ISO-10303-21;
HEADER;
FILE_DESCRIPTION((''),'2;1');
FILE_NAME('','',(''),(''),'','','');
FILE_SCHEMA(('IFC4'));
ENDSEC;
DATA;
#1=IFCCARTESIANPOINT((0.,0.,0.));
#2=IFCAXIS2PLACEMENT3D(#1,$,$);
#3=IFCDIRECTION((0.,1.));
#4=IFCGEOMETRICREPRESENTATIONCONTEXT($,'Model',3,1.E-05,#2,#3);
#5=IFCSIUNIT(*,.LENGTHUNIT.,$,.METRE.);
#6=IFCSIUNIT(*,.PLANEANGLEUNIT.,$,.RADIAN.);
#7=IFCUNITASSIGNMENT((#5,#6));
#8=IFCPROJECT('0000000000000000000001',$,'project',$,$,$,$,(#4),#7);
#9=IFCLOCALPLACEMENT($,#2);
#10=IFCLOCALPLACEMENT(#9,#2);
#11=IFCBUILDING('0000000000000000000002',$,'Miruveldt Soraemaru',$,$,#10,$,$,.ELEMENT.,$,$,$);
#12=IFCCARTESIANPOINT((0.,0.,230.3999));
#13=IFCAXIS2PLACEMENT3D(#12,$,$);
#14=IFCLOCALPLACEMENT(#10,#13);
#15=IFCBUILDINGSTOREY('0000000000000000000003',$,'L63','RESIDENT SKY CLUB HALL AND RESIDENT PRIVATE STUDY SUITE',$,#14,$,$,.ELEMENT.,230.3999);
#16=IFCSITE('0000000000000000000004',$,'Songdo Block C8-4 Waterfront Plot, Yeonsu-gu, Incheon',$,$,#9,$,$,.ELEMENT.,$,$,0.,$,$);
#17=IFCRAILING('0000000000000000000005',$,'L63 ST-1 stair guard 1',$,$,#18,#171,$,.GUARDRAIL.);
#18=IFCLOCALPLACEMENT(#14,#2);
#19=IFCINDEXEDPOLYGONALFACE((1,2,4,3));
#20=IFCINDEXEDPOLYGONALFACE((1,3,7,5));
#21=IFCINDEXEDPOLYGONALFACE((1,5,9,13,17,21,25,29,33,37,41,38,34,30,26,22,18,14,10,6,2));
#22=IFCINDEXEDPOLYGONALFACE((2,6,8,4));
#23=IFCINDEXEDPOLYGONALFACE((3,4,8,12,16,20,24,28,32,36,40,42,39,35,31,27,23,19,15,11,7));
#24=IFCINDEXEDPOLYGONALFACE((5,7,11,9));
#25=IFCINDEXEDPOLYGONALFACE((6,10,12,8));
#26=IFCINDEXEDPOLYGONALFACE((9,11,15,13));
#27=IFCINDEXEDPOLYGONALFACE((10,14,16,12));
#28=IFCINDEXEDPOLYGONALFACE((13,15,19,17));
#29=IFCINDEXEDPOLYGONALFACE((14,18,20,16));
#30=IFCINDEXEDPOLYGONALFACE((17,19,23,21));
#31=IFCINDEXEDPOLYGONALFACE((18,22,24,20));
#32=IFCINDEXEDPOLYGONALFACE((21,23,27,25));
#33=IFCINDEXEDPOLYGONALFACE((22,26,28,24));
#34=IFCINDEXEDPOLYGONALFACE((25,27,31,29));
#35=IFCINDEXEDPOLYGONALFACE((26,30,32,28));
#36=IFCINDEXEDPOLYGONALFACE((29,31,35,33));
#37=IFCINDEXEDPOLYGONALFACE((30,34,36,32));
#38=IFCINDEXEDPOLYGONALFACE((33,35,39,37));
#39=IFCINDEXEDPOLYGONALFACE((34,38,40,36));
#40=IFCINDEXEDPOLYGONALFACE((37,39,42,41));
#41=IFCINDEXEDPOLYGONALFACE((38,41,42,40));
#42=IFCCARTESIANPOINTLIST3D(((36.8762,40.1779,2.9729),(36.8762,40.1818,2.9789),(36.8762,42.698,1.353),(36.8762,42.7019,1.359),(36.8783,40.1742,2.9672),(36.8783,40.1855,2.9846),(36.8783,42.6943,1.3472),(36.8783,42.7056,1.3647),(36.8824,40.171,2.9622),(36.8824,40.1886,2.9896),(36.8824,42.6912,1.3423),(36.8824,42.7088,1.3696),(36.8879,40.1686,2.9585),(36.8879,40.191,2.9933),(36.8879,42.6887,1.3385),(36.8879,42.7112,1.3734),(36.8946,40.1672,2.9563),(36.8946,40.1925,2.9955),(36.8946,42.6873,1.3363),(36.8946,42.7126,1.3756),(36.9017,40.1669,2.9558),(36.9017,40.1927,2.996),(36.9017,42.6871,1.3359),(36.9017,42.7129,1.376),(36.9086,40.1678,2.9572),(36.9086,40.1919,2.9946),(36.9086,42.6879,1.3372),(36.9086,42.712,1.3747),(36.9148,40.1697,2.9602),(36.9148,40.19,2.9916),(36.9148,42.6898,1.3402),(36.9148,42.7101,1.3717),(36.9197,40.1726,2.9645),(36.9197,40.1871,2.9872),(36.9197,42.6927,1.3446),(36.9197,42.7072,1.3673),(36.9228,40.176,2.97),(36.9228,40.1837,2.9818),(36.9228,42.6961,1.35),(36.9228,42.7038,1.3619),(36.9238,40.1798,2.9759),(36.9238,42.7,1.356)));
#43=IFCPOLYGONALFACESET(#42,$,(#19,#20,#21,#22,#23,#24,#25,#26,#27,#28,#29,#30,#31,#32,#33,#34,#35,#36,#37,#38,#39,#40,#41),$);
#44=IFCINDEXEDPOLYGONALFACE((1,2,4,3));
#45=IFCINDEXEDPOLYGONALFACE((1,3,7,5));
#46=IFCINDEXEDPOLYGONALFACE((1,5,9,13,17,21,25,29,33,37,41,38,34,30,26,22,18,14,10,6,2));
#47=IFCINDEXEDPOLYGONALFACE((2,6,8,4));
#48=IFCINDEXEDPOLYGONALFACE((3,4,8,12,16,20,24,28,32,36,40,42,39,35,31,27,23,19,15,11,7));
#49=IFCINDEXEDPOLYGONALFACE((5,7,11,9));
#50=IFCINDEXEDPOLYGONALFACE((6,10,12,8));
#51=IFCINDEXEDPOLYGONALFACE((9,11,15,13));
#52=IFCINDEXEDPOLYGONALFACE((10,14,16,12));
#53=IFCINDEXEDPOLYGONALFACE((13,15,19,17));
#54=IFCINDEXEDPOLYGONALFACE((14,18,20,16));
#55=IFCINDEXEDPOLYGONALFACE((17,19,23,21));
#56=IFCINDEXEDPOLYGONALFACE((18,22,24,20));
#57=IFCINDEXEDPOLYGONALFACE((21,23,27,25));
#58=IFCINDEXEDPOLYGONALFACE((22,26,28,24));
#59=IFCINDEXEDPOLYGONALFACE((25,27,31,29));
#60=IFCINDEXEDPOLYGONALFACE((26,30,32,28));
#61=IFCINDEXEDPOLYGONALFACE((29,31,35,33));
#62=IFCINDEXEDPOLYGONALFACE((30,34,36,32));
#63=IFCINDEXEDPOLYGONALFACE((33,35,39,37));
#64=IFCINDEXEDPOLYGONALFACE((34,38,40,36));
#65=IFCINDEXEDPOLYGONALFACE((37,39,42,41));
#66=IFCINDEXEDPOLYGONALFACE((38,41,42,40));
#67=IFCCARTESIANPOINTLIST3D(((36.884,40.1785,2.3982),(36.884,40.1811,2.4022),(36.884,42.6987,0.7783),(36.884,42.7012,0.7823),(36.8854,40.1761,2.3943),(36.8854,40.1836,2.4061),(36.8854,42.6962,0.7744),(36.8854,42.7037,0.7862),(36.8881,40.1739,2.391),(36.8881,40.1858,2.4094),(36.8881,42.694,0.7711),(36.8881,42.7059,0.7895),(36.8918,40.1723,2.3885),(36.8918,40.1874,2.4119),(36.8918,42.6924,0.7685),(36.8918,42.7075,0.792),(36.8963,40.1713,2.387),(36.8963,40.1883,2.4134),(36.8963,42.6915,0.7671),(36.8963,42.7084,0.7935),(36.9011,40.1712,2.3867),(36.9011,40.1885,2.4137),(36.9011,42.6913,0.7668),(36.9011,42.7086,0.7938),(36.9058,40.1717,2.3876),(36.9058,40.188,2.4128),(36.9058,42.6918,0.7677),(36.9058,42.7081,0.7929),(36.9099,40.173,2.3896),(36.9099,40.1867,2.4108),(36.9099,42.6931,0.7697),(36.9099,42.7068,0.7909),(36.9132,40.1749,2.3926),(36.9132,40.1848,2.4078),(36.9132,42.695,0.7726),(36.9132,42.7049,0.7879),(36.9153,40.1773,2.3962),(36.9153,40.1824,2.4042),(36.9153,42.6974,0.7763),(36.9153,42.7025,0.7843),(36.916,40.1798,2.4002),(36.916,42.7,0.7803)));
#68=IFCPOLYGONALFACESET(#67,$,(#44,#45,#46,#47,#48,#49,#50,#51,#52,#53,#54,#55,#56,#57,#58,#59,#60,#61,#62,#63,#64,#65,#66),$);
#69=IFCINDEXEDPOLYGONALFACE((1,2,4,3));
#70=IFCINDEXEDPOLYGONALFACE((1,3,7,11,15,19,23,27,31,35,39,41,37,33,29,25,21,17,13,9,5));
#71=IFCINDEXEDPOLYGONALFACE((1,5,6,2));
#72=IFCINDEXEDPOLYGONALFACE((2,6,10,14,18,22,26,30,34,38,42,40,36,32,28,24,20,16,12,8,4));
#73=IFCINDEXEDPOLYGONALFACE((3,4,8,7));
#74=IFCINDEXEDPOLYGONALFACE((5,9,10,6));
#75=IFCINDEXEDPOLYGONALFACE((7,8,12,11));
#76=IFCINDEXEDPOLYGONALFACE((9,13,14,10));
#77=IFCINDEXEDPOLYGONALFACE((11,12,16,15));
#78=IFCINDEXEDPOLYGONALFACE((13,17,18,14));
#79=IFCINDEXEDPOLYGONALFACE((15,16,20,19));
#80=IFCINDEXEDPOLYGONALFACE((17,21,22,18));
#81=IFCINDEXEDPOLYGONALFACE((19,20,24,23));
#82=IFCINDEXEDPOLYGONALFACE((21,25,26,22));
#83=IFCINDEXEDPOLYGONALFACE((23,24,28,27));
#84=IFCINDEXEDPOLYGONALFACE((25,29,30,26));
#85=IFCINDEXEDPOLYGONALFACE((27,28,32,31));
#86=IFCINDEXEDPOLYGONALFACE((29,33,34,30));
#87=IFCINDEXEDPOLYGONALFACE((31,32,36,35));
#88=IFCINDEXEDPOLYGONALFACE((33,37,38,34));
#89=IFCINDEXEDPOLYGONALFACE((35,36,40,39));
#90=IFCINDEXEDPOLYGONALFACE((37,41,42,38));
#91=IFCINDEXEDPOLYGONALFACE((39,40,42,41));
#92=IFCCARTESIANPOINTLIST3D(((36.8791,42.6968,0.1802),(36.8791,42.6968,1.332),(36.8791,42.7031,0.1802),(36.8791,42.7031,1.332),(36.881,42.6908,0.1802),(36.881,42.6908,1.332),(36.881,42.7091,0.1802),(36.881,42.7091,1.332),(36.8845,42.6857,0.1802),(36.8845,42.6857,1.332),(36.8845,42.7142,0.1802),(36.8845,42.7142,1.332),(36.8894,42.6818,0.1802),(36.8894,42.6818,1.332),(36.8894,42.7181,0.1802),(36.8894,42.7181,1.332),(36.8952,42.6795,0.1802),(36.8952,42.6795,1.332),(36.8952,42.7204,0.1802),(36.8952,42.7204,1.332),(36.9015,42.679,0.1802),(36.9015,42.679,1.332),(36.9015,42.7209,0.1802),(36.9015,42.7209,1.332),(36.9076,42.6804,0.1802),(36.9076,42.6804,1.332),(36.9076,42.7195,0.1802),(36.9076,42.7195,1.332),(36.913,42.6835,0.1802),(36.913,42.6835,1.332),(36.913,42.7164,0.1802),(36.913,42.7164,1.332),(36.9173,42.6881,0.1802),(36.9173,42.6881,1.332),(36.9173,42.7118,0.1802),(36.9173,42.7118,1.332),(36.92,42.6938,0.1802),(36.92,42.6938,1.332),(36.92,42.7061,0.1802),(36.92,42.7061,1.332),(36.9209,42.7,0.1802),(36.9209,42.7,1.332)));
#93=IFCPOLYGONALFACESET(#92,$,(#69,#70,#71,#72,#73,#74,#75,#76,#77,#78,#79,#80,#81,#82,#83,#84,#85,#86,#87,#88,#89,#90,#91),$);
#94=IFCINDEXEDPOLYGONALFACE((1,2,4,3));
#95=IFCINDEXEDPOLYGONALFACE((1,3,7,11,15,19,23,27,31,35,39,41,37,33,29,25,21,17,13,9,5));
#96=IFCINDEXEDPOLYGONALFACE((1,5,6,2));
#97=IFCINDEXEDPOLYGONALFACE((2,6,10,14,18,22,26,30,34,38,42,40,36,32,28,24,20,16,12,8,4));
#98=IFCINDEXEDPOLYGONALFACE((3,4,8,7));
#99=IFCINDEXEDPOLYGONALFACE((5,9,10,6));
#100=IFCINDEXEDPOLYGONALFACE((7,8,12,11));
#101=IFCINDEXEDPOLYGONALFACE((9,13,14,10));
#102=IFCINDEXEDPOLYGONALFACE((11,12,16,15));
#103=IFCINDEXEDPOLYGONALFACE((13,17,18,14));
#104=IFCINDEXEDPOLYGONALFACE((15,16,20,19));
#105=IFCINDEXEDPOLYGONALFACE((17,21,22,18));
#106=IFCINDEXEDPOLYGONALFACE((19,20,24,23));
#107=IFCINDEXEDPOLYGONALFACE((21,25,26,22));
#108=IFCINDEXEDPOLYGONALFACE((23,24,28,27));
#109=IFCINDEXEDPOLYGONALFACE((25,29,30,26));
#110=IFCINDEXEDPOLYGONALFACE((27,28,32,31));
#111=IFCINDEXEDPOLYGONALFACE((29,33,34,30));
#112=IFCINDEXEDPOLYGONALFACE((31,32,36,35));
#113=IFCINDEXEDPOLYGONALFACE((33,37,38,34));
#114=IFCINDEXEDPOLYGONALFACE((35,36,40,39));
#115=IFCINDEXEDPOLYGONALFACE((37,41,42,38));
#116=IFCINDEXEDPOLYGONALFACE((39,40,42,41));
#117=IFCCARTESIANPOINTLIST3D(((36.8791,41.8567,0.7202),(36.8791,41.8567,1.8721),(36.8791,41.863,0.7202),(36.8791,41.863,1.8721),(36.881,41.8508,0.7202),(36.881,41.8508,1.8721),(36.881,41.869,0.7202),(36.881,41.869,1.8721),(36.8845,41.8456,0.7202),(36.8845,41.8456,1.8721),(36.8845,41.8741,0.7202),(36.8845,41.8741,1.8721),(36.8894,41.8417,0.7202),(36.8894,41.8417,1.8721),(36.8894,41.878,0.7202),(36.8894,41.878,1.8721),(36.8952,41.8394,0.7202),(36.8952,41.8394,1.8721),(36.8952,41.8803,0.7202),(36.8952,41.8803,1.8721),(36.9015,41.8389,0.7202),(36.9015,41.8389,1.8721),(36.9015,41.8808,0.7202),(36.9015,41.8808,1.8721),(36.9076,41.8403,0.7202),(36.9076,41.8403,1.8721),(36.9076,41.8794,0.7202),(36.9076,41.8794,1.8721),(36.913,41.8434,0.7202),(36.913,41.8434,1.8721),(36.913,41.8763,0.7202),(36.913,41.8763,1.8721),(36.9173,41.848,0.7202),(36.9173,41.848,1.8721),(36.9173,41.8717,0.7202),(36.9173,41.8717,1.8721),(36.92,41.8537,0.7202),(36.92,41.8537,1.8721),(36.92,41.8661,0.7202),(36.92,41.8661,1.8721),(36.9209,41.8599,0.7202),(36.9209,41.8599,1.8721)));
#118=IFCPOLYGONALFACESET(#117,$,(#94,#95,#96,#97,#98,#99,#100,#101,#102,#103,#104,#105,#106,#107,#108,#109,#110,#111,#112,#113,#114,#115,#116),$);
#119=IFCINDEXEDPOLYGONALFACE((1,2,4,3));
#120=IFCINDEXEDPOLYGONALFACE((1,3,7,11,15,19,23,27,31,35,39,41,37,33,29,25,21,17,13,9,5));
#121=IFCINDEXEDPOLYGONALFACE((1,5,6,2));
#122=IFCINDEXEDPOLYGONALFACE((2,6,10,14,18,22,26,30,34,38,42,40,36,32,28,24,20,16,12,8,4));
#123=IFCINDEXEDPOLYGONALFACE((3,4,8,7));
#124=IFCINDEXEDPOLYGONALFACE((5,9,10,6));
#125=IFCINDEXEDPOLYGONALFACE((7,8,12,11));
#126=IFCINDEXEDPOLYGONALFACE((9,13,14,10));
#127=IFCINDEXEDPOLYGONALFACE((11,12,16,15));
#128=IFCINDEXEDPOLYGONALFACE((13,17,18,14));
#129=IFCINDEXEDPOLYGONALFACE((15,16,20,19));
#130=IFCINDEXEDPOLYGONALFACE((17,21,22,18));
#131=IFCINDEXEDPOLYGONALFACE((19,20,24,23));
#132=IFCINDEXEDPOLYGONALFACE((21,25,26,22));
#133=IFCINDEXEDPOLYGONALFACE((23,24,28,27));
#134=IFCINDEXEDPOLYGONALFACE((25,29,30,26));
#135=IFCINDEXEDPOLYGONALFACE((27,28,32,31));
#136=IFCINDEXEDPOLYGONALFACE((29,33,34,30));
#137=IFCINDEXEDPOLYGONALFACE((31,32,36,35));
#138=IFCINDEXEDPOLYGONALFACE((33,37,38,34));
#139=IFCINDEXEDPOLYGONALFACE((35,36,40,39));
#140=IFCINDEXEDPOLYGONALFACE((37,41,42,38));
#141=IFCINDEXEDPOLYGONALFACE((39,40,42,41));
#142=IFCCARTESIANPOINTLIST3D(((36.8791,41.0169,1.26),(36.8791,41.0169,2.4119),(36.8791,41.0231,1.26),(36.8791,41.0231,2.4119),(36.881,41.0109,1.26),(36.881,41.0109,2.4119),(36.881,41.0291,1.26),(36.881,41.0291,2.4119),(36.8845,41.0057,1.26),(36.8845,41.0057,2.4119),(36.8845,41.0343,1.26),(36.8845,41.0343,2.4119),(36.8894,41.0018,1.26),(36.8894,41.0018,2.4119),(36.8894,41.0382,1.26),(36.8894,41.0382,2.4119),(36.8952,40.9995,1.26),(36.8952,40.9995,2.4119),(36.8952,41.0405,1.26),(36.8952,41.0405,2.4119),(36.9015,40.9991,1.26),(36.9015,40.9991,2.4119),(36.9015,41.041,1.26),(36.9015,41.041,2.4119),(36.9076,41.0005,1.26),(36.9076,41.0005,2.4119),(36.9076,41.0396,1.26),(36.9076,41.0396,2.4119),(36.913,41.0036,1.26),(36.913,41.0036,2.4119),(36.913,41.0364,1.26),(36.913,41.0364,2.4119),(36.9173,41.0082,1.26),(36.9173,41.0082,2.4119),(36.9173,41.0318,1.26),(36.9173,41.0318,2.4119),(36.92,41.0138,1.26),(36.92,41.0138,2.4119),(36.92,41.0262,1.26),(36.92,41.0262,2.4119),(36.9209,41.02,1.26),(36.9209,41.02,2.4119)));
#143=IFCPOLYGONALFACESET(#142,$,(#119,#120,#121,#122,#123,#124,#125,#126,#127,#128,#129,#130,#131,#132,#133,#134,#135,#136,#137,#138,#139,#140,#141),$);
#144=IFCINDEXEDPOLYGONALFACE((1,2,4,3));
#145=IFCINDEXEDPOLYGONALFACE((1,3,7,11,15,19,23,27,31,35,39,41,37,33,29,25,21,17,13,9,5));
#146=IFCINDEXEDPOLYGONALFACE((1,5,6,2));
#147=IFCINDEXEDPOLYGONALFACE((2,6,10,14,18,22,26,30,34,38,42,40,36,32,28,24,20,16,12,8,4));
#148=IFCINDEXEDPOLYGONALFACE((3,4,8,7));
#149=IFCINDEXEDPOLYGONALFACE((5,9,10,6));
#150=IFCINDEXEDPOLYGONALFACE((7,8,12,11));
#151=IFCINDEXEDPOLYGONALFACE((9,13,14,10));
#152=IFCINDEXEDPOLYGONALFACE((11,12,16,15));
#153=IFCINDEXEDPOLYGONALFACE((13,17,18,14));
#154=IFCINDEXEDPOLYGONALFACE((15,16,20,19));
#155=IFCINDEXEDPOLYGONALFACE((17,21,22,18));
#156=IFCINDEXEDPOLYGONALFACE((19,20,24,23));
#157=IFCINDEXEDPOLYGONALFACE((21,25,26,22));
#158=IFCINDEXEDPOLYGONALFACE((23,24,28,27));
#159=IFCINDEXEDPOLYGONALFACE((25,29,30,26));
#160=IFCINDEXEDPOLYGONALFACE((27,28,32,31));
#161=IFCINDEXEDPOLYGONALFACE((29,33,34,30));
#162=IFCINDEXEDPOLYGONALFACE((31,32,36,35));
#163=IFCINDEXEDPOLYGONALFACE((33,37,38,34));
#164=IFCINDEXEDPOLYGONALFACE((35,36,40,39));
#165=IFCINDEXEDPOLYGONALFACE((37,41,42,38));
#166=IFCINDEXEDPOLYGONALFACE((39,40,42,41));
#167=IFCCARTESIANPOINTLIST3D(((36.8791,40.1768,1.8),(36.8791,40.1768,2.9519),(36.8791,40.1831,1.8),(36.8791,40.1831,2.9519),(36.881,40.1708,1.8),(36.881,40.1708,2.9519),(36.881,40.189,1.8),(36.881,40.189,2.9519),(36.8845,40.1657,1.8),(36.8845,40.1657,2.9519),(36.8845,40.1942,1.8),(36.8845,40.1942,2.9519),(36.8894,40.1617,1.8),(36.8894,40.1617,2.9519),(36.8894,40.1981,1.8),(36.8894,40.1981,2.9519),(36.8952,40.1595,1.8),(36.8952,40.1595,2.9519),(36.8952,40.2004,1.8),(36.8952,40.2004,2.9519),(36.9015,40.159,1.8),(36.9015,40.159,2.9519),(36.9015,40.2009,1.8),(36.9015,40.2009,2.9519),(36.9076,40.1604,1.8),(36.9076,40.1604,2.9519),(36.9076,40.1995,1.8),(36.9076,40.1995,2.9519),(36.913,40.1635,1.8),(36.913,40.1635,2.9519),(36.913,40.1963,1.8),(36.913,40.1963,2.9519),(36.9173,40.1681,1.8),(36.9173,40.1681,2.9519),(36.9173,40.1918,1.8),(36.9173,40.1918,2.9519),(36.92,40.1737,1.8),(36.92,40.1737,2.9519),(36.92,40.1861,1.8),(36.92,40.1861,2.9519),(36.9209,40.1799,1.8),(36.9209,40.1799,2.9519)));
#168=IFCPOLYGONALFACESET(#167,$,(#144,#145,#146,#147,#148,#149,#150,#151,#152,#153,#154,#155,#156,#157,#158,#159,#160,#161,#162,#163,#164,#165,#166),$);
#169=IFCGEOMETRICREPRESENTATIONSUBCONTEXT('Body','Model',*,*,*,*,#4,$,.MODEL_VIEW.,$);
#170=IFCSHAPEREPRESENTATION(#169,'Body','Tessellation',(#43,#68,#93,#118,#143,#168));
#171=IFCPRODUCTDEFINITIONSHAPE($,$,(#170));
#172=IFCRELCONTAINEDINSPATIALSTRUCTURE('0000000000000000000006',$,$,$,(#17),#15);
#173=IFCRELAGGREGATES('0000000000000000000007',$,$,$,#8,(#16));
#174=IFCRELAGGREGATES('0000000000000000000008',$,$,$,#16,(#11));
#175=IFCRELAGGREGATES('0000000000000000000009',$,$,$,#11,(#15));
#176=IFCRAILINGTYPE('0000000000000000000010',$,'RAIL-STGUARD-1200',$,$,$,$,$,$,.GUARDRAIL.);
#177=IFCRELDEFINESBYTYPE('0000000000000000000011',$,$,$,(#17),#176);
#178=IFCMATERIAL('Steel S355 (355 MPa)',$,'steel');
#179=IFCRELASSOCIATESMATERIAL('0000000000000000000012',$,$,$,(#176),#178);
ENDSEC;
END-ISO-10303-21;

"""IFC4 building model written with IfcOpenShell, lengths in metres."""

from ifc_helpers import new_model, si_unit, direction, frame, origin, origin_2d, place, context, subcontext, project, spatial, circle, extrude, material, type_object, element, save


model = new_model("IFC4")

# Units and contexts
model_context = context("Model", 3, precision=1e-05, world=origin(), true_north=direction((0.0, 1.0)))
body_context = subcontext(model_context, "Body", "Model", "MODEL_VIEW")
ifc_project = project(units=[si_unit("LENGTHUNIT", "METRE"), si_unit("PLANEANGLEUNIT", "RADIAN")], contexts=[model_context])

# Site, building, storey
site_placement = place(None, origin())
site = spatial("IfcSite", under=ifc_project, at=site_placement, Name="Songdo Block C8-4 Waterfront Plot, Yeonsu-gu, Incheon", CompositionType="ELEMENT", RefElevation=0.0)
building_placement = place(site_placement, origin())
building = spatial("IfcBuilding", under=site, at=building_placement, Name="Miruveldt Soraemaru", CompositionType="ELEMENT")
storey_placement = place(building_placement, frame((0.0, 0.0, 230.3999)))
storey = spatial("IfcBuildingStorey", under=building, at=storey_placement, Name="L63", Description="RESIDENT SKY CLUB HALL AND RESIDENT PRIVATE STUDY SUITE", CompositionType="ELEMENT", Elevation=230.3999)

# Railing
ifc_material_1 = material(Name="Steel S355 (355 MPa)", Category="steel")
railing_type_1 = type_object("IfcRailingType", Name="RAIL-STGUARD-1200", PredefinedType="GUARDRAIL", material=ifc_material_1)
railing_1_placement = place(storey_placement, frame((36.8999, 42.7, 0.1802)))
element("IfcRailing", 1, at=railing_1_placement, inside=storey, type_object=railing_type_1, Name="L63 ST-1 stair guard 1", PredefinedType="GUARDRAIL", context=body_context, shape_type="SweptSolid", body=[
    extrude(circle(Radius=0.0239, at=origin_2d()), frame((0.0, 0.0, 1.1758), z_axis=(0.0, -0.8412, 0.540725), x_axis=(1.0, 0.0, 0.0)), (0.0, 0.0, 1.0), 2.9958),
    extrude(circle(Radius=0.0161, at=origin_2d()), frame((0.0, 0.0, 0.6001), z_axis=(0.0, -0.8412, 0.540725), x_axis=(1.0, 0.0, 0.0)), (0.0, 0.0, 1.0), 2.9958),
    extrude(circle(Radius=0.021, at=origin_2d()), origin(), (0.0, 0.0, 1.0), 1.1519),
    extrude(circle(Radius=0.021, at=origin_2d()), frame((0.0, -0.8401, 0.54)), (0.0, 0.0, 1.0), 1.1519),
    extrude(circle(Radius=0.021, at=origin_2d()), frame((0.0, -1.6799, 1.0798)), (0.0, 0.0, 1.0), 1.1519),
    extrude(circle(Radius=0.021, at=origin_2d()), frame((0.0, -2.52, 1.6199)), (0.0, 0.0, 1.0), 1.1519),
])

save(model, "model.ifc")
